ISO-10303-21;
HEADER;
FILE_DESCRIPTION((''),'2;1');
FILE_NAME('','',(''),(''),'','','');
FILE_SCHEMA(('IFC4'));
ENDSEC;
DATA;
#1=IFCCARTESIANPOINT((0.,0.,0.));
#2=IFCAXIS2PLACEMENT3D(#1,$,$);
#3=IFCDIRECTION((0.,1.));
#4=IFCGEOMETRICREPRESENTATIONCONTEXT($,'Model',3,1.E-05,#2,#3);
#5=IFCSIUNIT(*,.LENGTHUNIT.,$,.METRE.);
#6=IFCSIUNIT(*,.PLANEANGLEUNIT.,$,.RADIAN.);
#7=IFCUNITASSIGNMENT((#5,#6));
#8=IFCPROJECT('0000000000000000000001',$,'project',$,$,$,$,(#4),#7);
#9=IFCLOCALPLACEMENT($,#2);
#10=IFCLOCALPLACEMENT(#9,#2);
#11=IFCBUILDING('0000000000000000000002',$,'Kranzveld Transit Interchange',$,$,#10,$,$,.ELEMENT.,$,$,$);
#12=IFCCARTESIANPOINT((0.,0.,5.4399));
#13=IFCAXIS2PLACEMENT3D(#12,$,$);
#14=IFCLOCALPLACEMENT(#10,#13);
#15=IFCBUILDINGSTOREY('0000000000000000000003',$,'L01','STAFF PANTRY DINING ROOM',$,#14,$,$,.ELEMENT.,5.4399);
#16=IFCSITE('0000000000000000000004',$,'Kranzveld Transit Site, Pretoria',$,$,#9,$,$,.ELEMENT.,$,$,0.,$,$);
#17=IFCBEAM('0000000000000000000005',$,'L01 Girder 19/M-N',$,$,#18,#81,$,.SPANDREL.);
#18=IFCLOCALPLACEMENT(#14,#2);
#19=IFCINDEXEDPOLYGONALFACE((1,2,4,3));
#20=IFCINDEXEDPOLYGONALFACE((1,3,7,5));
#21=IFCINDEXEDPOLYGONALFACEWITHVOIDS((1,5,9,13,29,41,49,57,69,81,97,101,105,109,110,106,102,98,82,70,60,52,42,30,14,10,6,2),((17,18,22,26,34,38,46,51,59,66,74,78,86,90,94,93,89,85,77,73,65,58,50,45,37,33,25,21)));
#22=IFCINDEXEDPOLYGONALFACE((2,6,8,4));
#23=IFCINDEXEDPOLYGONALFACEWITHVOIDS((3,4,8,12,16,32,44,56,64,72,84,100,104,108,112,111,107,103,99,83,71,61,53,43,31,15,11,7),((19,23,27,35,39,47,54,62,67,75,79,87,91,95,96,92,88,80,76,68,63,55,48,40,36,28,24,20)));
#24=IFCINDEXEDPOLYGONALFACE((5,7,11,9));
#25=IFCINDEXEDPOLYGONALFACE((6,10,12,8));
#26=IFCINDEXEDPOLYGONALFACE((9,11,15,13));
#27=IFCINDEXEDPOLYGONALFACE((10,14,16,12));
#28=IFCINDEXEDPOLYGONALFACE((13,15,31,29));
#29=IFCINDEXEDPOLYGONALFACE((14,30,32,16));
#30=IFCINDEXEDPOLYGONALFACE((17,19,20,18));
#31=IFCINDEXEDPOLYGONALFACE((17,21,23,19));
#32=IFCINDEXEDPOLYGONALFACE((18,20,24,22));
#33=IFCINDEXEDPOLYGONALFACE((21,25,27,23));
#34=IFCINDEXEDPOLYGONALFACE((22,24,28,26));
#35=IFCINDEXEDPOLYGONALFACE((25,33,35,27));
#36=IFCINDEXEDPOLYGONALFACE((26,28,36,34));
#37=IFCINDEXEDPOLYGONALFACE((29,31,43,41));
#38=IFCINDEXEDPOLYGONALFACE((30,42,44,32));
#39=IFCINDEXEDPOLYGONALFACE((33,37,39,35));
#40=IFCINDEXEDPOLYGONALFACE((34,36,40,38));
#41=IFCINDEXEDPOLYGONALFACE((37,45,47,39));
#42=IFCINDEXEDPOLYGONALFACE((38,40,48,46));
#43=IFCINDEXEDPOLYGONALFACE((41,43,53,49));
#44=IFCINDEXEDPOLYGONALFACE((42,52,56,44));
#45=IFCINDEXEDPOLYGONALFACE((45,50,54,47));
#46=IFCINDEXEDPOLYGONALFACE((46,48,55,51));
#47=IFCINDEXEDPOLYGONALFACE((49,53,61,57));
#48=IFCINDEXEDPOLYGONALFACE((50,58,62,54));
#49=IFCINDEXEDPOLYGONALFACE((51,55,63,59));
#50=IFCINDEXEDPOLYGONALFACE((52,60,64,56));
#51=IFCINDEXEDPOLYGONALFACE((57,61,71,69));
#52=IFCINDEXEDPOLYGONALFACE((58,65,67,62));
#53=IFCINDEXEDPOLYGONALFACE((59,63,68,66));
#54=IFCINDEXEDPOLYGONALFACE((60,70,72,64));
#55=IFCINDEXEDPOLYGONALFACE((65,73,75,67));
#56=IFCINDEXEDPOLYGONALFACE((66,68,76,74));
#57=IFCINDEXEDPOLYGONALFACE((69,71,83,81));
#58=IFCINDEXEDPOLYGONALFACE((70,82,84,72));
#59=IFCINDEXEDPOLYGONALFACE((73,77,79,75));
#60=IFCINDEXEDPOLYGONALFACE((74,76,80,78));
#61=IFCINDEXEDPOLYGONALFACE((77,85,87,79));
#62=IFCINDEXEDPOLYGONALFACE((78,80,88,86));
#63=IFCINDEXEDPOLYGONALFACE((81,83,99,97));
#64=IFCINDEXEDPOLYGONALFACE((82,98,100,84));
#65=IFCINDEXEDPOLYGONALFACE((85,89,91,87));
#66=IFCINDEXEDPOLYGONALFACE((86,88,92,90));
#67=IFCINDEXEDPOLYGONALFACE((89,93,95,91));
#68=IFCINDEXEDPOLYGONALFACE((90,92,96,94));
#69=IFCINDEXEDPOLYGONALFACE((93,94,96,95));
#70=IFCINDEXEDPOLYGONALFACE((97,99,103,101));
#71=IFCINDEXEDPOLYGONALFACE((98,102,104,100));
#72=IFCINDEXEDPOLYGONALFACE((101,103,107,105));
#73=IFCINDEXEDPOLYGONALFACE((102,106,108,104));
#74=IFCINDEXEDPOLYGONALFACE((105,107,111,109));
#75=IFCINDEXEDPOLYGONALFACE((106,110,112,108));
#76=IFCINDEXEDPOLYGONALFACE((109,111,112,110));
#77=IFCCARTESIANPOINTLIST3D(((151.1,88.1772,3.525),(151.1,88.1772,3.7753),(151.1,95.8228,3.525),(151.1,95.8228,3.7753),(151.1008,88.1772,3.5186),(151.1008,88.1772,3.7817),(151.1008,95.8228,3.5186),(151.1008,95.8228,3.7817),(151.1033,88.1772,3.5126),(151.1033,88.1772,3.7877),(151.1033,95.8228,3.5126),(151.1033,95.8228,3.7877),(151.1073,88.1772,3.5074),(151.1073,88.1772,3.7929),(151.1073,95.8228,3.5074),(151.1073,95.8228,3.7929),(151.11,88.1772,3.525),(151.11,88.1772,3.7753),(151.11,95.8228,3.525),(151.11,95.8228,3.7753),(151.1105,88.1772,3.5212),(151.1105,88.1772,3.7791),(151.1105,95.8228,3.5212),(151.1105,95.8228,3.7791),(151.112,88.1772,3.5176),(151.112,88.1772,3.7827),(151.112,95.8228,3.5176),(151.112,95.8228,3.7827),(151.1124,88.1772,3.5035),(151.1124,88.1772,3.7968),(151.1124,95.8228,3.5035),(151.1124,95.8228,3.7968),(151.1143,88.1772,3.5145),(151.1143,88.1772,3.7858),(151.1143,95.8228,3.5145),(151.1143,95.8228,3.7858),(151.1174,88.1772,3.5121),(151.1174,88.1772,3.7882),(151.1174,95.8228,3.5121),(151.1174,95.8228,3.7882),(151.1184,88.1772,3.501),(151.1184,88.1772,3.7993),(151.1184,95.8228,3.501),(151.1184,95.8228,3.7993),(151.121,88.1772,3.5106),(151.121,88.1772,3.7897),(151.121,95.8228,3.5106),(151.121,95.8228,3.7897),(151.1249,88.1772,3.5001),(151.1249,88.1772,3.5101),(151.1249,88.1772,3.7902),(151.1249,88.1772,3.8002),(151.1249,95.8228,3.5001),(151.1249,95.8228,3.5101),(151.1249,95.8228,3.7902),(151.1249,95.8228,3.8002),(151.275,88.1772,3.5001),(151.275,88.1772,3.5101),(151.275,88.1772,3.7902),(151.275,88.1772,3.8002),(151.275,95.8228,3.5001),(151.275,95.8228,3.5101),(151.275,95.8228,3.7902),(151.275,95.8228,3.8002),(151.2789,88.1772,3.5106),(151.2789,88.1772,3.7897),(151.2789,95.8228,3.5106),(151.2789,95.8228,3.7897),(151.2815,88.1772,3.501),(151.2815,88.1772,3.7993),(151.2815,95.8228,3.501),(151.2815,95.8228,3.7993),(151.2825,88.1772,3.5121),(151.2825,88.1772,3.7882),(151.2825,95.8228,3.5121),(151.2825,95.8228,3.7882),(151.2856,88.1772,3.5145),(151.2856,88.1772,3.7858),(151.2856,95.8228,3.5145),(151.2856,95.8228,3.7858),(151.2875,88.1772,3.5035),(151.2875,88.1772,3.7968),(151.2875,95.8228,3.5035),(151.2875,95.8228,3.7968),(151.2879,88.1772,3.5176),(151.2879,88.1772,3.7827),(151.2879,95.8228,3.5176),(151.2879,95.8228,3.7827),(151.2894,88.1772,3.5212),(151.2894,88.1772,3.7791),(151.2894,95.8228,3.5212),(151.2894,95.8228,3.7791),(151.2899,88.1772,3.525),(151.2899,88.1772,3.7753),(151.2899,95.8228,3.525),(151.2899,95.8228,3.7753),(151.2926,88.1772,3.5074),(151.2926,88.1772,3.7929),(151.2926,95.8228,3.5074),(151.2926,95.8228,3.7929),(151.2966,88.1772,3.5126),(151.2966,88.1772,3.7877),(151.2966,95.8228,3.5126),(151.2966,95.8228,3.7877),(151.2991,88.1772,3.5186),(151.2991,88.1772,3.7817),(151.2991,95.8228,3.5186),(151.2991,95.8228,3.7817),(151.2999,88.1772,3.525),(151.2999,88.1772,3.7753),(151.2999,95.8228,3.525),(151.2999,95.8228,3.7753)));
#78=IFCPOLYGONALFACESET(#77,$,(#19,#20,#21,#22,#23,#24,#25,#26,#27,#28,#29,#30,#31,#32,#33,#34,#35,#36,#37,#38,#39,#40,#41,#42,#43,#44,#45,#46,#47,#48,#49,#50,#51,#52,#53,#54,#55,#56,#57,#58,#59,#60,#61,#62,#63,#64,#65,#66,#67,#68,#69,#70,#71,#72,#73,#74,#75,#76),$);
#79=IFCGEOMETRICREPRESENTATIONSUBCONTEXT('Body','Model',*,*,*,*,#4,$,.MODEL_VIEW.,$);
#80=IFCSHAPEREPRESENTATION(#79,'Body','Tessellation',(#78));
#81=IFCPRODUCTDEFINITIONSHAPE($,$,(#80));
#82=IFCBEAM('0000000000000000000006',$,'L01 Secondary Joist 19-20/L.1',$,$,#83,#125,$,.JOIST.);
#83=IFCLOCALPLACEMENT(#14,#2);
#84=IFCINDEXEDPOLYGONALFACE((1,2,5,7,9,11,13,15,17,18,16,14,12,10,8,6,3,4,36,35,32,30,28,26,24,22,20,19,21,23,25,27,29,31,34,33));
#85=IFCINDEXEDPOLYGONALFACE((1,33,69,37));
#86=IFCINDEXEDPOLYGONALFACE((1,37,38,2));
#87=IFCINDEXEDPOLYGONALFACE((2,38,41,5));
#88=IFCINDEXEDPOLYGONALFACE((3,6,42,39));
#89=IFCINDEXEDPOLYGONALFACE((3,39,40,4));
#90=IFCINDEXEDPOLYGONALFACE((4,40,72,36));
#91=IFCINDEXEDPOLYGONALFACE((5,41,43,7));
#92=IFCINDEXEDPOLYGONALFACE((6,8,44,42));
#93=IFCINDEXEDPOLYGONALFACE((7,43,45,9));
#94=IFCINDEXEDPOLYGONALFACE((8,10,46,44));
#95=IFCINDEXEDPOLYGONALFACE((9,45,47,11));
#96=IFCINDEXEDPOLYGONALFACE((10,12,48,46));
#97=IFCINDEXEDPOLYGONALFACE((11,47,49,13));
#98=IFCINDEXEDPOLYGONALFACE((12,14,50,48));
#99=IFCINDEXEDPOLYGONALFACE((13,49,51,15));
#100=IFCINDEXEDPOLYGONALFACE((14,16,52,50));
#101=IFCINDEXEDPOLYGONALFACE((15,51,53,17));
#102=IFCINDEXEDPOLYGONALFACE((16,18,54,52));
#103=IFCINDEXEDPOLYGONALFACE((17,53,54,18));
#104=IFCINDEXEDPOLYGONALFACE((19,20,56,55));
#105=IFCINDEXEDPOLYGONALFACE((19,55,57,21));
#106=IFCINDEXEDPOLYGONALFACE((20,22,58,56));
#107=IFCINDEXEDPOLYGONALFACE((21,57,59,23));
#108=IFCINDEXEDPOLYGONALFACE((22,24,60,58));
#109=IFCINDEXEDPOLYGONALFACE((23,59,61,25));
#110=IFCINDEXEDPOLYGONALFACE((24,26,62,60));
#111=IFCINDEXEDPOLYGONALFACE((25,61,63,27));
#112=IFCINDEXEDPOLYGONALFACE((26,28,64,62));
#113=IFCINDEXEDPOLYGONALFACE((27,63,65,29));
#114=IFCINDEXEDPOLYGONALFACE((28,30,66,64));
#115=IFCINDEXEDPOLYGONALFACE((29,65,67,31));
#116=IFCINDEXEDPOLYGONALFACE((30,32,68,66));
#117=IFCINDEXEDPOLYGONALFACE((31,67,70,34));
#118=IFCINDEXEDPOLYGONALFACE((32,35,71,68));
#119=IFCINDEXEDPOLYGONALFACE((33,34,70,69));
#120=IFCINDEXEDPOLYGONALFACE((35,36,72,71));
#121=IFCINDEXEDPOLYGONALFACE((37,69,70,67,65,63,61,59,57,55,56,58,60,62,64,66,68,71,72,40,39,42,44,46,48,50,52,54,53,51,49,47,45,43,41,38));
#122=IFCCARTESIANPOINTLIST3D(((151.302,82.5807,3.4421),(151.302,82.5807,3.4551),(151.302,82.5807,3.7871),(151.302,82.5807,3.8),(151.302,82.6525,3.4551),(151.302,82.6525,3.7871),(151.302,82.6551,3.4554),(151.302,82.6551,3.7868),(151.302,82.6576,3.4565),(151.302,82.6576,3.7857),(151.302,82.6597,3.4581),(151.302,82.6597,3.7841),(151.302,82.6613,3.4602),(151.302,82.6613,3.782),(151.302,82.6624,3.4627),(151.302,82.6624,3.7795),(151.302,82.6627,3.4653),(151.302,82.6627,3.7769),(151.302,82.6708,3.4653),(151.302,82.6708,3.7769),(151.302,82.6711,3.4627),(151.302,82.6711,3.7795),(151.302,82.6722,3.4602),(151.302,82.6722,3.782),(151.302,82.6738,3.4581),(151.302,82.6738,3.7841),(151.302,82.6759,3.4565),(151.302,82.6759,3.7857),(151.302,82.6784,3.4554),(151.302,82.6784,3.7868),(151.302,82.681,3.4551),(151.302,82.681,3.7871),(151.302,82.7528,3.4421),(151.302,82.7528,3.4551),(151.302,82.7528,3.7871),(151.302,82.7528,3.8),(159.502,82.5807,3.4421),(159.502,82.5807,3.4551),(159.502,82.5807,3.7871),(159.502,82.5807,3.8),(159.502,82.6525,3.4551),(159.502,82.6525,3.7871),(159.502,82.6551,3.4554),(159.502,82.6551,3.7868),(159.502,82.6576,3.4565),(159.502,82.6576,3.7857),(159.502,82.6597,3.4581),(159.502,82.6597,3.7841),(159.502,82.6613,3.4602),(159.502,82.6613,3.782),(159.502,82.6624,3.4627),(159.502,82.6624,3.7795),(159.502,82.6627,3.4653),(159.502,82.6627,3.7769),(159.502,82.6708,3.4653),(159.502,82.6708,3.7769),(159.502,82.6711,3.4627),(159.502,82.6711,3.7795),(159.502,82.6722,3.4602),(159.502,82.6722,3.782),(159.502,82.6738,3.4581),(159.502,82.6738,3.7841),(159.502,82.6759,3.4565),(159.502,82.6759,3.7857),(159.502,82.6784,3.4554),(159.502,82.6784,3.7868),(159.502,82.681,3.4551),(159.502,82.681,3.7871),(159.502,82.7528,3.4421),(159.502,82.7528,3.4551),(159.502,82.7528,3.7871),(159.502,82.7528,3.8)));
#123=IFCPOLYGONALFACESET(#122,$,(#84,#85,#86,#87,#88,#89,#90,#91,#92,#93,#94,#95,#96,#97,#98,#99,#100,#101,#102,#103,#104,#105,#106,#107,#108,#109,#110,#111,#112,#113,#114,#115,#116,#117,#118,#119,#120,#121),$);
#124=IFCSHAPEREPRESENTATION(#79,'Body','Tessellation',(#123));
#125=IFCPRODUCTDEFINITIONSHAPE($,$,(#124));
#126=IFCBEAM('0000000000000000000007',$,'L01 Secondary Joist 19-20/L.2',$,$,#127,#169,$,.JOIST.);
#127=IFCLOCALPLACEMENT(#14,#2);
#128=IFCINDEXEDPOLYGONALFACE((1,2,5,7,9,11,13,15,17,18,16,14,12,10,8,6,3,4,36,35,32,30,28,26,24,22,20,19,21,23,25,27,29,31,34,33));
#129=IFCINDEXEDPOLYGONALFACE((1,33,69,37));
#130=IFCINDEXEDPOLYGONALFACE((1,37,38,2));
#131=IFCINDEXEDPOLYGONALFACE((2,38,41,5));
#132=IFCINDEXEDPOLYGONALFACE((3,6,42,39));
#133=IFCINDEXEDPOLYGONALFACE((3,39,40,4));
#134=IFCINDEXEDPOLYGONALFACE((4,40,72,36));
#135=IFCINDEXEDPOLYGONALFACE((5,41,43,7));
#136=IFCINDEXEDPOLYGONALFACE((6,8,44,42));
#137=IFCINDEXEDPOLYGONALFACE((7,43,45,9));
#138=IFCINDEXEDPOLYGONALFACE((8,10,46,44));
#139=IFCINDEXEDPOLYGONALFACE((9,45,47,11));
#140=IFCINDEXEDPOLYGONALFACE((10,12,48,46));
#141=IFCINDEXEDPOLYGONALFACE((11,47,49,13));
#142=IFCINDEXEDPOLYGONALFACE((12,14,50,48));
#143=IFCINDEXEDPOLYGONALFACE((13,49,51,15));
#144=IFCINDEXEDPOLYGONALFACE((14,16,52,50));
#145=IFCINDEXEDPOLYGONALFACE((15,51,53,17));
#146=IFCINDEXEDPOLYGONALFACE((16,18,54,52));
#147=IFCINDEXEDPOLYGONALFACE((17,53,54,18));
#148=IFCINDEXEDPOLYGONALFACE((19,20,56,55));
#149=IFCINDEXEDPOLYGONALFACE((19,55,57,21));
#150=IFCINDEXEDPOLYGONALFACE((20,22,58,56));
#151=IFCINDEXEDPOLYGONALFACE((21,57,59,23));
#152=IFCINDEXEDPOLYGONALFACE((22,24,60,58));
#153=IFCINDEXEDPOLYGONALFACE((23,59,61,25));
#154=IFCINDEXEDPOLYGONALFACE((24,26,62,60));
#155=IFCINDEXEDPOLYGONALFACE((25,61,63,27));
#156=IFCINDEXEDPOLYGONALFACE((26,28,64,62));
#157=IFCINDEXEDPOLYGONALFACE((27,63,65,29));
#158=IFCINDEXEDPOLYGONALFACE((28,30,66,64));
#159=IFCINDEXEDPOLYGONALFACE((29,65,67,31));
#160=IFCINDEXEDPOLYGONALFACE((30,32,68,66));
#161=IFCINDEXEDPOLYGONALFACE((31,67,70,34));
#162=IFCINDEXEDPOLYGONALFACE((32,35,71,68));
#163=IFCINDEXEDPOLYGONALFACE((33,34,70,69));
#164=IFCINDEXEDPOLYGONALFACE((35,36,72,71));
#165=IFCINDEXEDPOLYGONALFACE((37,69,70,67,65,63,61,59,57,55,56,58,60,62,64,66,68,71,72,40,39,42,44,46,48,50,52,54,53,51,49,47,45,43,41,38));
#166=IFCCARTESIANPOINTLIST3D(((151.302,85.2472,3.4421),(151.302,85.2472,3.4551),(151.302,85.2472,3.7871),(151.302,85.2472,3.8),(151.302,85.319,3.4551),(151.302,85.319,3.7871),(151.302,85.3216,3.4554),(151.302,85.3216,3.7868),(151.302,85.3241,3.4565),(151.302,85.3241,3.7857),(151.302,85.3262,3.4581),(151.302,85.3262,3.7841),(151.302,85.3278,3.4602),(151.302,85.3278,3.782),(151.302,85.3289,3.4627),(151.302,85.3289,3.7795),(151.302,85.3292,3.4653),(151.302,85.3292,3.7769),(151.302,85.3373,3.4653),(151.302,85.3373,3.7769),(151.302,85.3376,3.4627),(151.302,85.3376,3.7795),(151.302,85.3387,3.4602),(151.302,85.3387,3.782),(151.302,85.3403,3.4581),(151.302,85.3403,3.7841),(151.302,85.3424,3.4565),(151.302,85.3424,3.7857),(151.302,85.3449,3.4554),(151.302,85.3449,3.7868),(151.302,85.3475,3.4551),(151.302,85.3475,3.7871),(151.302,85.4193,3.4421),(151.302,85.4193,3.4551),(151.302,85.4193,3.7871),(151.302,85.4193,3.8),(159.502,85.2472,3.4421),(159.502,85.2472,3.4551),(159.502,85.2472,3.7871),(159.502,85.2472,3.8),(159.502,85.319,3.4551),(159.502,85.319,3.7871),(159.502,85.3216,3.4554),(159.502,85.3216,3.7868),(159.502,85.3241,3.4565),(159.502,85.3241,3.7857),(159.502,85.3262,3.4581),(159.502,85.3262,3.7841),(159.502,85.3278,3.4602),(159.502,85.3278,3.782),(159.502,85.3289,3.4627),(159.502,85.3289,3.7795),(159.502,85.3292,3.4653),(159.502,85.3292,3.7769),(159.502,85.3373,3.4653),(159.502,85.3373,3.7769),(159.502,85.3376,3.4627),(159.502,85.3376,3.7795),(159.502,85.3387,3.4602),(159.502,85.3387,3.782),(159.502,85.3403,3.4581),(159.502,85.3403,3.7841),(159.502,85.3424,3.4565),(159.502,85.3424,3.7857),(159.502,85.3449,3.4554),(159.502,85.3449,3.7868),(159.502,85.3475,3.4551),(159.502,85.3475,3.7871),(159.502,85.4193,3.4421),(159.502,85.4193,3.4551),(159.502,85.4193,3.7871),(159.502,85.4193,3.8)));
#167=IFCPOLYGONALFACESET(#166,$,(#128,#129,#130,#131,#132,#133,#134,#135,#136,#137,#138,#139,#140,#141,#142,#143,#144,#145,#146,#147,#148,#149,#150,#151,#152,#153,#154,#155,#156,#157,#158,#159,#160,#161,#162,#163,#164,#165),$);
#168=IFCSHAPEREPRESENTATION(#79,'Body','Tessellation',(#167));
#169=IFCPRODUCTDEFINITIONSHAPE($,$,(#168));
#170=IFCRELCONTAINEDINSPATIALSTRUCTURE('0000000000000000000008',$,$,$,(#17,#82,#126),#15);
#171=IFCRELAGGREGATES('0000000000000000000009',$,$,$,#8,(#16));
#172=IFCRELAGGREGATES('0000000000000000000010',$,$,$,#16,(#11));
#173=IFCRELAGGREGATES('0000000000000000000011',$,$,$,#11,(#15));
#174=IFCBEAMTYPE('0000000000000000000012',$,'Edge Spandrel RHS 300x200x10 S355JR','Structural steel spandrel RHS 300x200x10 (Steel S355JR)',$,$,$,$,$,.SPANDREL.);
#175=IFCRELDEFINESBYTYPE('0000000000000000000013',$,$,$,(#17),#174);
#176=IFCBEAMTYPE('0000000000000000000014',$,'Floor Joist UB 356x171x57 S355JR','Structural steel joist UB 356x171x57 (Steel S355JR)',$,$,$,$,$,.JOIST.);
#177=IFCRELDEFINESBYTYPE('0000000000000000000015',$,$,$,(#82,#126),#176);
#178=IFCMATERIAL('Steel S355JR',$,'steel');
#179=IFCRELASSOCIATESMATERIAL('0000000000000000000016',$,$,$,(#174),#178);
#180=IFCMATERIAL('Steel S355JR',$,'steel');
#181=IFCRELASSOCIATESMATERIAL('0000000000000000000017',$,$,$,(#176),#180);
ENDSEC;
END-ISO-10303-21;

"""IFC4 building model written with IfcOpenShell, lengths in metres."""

from ifc_helpers import new_model, si_unit, direction, frame, origin, origin_2d, place, context, subcontext, project, spatial, hollow_rectangle, i_section, extrude, material, material_profile, profile_set, type_object, element, save


model = new_model("IFC4")

# Units and contexts
model_context = context("Model", 3, precision=1e-05, world=origin(), true_north=direction((0.0, 1.0)))
body_context = subcontext(model_context, "Body", "Model", "MODEL_VIEW")
ifc_project = project(units=[si_unit("LENGTHUNIT", "METRE"), si_unit("PLANEANGLEUNIT", "RADIAN")], contexts=[model_context])

# Site, building, storey
site_placement = place(None, origin())
site = spatial("IfcSite", under=ifc_project, at=site_placement, Name="Kranzveld Transit Site, Pretoria", CompositionType="ELEMENT", RefElevation=0.0)
building_placement = place(site_placement, origin())
building = spatial("IfcBuilding", under=site, at=building_placement, Name="Kranzveld Transit Interchange", CompositionType="ELEMENT")
storey_placement = place(building_placement, frame((0.0, 0.0, 5.4399)))
storey = spatial("IfcBuildingStorey", under=building, at=storey_placement, Name="L01", Description="STAFF PANTRY DINING ROOM", CompositionType="ELEMENT", Elevation=5.4399)

# Beams
ifc_material_1 = material(Name="Steel S355JR", Category="steel")
ifc_material_profile_1 = material_profile(ifc_material_1, hollow_rectangle(XDim=0.2, YDim=0.3, WallThickness=0.01, InnerFilletRadius=0.0149, OuterFilletRadius=0.0249, at=origin_2d()), Name="RHS 300x200x10")
ifc_profile_set_1 = profile_set([ifc_material_profile_1], Name="Steel S355JR")
beam_type_1 = type_object("IfcBeamType", Name="Edge Spandrel RHS 300x200x10 S355JR", Description="Structural steel spandrel RHS 300x200x10 (Steel S355JR)", PredefinedType="SPANDREL", material=ifc_profile_set_1)
beam_placement = place(storey_placement, frame((151.2, 88.1772, 3.6501), z_axis=(0.0, 1.0, 0.0), x_axis=(-1.0, 0.0, 0.0)))
element("IfcBeam", 1, at=beam_placement, inside=storey, type_object=beam_type_1, Name="L01 Girder 19/M-N", PredefinedType="SPANDREL", context=body_context, shape_type="SweptSolid", body=[
    extrude(hollow_rectangle(XDim=0.2, YDim=0.3, WallThickness=0.01, InnerFilletRadius=0.0149, OuterFilletRadius=0.0249, at=origin_2d()), origin(), (0.0, 0.0, 1.0), 7.6455),
])
ifc_material_2 = material(Name="Steel S355JR", Category="steel")
ifc_material_profile_2 = material_profile(ifc_material_2, i_section(OverallWidth=0.1721, OverallDepth=0.3579, WebThickness=0.0081, FlangeThickness=0.0129, FilletRadius=0.0103, at=origin_2d()), Name="UB 356x171x57")
ifc_profile_set_2 = profile_set([ifc_material_profile_2], Name="Steel S355JR")
beam_type_2 = type_object("IfcBeamType", Name="Floor Joist UB 356x171x57 S355JR", Description="Structural steel joist UB 356x171x57 (Steel S355JR)", PredefinedType="JOIST", material=ifc_profile_set_2)
for number, where, z_axis, x_axis, name in (
    (2, (151.302, 82.6667, 3.6211), (1.0, 0.0, 0.0), (0.0, 1.0, 0.0), "L01 Secondary Joist 19-20/L.1"),
    (3, (151.302, 85.3333, 3.6211), (1.0, 0.0, 0.0), (0.0, 1.0, 0.0), "L01 Secondary Joist 19-20/L.2"),
):
    element("IfcBeam", number, at=place(storey_placement, frame(where, z_axis=z_axis, x_axis=x_axis)), inside=storey, type_object=beam_type_2, Name=name, PredefinedType="JOIST", context=body_context, shape_type="SweptSolid", body=[
        extrude(i_section(OverallWidth=0.1721, OverallDepth=0.3579, WebThickness=0.0081, FlangeThickness=0.0129, FilletRadius=0.0103, at=origin_2d()), origin(), (0.0, 0.0, 1.0), 8.2),
    ])

save(model, "model.ifc")
